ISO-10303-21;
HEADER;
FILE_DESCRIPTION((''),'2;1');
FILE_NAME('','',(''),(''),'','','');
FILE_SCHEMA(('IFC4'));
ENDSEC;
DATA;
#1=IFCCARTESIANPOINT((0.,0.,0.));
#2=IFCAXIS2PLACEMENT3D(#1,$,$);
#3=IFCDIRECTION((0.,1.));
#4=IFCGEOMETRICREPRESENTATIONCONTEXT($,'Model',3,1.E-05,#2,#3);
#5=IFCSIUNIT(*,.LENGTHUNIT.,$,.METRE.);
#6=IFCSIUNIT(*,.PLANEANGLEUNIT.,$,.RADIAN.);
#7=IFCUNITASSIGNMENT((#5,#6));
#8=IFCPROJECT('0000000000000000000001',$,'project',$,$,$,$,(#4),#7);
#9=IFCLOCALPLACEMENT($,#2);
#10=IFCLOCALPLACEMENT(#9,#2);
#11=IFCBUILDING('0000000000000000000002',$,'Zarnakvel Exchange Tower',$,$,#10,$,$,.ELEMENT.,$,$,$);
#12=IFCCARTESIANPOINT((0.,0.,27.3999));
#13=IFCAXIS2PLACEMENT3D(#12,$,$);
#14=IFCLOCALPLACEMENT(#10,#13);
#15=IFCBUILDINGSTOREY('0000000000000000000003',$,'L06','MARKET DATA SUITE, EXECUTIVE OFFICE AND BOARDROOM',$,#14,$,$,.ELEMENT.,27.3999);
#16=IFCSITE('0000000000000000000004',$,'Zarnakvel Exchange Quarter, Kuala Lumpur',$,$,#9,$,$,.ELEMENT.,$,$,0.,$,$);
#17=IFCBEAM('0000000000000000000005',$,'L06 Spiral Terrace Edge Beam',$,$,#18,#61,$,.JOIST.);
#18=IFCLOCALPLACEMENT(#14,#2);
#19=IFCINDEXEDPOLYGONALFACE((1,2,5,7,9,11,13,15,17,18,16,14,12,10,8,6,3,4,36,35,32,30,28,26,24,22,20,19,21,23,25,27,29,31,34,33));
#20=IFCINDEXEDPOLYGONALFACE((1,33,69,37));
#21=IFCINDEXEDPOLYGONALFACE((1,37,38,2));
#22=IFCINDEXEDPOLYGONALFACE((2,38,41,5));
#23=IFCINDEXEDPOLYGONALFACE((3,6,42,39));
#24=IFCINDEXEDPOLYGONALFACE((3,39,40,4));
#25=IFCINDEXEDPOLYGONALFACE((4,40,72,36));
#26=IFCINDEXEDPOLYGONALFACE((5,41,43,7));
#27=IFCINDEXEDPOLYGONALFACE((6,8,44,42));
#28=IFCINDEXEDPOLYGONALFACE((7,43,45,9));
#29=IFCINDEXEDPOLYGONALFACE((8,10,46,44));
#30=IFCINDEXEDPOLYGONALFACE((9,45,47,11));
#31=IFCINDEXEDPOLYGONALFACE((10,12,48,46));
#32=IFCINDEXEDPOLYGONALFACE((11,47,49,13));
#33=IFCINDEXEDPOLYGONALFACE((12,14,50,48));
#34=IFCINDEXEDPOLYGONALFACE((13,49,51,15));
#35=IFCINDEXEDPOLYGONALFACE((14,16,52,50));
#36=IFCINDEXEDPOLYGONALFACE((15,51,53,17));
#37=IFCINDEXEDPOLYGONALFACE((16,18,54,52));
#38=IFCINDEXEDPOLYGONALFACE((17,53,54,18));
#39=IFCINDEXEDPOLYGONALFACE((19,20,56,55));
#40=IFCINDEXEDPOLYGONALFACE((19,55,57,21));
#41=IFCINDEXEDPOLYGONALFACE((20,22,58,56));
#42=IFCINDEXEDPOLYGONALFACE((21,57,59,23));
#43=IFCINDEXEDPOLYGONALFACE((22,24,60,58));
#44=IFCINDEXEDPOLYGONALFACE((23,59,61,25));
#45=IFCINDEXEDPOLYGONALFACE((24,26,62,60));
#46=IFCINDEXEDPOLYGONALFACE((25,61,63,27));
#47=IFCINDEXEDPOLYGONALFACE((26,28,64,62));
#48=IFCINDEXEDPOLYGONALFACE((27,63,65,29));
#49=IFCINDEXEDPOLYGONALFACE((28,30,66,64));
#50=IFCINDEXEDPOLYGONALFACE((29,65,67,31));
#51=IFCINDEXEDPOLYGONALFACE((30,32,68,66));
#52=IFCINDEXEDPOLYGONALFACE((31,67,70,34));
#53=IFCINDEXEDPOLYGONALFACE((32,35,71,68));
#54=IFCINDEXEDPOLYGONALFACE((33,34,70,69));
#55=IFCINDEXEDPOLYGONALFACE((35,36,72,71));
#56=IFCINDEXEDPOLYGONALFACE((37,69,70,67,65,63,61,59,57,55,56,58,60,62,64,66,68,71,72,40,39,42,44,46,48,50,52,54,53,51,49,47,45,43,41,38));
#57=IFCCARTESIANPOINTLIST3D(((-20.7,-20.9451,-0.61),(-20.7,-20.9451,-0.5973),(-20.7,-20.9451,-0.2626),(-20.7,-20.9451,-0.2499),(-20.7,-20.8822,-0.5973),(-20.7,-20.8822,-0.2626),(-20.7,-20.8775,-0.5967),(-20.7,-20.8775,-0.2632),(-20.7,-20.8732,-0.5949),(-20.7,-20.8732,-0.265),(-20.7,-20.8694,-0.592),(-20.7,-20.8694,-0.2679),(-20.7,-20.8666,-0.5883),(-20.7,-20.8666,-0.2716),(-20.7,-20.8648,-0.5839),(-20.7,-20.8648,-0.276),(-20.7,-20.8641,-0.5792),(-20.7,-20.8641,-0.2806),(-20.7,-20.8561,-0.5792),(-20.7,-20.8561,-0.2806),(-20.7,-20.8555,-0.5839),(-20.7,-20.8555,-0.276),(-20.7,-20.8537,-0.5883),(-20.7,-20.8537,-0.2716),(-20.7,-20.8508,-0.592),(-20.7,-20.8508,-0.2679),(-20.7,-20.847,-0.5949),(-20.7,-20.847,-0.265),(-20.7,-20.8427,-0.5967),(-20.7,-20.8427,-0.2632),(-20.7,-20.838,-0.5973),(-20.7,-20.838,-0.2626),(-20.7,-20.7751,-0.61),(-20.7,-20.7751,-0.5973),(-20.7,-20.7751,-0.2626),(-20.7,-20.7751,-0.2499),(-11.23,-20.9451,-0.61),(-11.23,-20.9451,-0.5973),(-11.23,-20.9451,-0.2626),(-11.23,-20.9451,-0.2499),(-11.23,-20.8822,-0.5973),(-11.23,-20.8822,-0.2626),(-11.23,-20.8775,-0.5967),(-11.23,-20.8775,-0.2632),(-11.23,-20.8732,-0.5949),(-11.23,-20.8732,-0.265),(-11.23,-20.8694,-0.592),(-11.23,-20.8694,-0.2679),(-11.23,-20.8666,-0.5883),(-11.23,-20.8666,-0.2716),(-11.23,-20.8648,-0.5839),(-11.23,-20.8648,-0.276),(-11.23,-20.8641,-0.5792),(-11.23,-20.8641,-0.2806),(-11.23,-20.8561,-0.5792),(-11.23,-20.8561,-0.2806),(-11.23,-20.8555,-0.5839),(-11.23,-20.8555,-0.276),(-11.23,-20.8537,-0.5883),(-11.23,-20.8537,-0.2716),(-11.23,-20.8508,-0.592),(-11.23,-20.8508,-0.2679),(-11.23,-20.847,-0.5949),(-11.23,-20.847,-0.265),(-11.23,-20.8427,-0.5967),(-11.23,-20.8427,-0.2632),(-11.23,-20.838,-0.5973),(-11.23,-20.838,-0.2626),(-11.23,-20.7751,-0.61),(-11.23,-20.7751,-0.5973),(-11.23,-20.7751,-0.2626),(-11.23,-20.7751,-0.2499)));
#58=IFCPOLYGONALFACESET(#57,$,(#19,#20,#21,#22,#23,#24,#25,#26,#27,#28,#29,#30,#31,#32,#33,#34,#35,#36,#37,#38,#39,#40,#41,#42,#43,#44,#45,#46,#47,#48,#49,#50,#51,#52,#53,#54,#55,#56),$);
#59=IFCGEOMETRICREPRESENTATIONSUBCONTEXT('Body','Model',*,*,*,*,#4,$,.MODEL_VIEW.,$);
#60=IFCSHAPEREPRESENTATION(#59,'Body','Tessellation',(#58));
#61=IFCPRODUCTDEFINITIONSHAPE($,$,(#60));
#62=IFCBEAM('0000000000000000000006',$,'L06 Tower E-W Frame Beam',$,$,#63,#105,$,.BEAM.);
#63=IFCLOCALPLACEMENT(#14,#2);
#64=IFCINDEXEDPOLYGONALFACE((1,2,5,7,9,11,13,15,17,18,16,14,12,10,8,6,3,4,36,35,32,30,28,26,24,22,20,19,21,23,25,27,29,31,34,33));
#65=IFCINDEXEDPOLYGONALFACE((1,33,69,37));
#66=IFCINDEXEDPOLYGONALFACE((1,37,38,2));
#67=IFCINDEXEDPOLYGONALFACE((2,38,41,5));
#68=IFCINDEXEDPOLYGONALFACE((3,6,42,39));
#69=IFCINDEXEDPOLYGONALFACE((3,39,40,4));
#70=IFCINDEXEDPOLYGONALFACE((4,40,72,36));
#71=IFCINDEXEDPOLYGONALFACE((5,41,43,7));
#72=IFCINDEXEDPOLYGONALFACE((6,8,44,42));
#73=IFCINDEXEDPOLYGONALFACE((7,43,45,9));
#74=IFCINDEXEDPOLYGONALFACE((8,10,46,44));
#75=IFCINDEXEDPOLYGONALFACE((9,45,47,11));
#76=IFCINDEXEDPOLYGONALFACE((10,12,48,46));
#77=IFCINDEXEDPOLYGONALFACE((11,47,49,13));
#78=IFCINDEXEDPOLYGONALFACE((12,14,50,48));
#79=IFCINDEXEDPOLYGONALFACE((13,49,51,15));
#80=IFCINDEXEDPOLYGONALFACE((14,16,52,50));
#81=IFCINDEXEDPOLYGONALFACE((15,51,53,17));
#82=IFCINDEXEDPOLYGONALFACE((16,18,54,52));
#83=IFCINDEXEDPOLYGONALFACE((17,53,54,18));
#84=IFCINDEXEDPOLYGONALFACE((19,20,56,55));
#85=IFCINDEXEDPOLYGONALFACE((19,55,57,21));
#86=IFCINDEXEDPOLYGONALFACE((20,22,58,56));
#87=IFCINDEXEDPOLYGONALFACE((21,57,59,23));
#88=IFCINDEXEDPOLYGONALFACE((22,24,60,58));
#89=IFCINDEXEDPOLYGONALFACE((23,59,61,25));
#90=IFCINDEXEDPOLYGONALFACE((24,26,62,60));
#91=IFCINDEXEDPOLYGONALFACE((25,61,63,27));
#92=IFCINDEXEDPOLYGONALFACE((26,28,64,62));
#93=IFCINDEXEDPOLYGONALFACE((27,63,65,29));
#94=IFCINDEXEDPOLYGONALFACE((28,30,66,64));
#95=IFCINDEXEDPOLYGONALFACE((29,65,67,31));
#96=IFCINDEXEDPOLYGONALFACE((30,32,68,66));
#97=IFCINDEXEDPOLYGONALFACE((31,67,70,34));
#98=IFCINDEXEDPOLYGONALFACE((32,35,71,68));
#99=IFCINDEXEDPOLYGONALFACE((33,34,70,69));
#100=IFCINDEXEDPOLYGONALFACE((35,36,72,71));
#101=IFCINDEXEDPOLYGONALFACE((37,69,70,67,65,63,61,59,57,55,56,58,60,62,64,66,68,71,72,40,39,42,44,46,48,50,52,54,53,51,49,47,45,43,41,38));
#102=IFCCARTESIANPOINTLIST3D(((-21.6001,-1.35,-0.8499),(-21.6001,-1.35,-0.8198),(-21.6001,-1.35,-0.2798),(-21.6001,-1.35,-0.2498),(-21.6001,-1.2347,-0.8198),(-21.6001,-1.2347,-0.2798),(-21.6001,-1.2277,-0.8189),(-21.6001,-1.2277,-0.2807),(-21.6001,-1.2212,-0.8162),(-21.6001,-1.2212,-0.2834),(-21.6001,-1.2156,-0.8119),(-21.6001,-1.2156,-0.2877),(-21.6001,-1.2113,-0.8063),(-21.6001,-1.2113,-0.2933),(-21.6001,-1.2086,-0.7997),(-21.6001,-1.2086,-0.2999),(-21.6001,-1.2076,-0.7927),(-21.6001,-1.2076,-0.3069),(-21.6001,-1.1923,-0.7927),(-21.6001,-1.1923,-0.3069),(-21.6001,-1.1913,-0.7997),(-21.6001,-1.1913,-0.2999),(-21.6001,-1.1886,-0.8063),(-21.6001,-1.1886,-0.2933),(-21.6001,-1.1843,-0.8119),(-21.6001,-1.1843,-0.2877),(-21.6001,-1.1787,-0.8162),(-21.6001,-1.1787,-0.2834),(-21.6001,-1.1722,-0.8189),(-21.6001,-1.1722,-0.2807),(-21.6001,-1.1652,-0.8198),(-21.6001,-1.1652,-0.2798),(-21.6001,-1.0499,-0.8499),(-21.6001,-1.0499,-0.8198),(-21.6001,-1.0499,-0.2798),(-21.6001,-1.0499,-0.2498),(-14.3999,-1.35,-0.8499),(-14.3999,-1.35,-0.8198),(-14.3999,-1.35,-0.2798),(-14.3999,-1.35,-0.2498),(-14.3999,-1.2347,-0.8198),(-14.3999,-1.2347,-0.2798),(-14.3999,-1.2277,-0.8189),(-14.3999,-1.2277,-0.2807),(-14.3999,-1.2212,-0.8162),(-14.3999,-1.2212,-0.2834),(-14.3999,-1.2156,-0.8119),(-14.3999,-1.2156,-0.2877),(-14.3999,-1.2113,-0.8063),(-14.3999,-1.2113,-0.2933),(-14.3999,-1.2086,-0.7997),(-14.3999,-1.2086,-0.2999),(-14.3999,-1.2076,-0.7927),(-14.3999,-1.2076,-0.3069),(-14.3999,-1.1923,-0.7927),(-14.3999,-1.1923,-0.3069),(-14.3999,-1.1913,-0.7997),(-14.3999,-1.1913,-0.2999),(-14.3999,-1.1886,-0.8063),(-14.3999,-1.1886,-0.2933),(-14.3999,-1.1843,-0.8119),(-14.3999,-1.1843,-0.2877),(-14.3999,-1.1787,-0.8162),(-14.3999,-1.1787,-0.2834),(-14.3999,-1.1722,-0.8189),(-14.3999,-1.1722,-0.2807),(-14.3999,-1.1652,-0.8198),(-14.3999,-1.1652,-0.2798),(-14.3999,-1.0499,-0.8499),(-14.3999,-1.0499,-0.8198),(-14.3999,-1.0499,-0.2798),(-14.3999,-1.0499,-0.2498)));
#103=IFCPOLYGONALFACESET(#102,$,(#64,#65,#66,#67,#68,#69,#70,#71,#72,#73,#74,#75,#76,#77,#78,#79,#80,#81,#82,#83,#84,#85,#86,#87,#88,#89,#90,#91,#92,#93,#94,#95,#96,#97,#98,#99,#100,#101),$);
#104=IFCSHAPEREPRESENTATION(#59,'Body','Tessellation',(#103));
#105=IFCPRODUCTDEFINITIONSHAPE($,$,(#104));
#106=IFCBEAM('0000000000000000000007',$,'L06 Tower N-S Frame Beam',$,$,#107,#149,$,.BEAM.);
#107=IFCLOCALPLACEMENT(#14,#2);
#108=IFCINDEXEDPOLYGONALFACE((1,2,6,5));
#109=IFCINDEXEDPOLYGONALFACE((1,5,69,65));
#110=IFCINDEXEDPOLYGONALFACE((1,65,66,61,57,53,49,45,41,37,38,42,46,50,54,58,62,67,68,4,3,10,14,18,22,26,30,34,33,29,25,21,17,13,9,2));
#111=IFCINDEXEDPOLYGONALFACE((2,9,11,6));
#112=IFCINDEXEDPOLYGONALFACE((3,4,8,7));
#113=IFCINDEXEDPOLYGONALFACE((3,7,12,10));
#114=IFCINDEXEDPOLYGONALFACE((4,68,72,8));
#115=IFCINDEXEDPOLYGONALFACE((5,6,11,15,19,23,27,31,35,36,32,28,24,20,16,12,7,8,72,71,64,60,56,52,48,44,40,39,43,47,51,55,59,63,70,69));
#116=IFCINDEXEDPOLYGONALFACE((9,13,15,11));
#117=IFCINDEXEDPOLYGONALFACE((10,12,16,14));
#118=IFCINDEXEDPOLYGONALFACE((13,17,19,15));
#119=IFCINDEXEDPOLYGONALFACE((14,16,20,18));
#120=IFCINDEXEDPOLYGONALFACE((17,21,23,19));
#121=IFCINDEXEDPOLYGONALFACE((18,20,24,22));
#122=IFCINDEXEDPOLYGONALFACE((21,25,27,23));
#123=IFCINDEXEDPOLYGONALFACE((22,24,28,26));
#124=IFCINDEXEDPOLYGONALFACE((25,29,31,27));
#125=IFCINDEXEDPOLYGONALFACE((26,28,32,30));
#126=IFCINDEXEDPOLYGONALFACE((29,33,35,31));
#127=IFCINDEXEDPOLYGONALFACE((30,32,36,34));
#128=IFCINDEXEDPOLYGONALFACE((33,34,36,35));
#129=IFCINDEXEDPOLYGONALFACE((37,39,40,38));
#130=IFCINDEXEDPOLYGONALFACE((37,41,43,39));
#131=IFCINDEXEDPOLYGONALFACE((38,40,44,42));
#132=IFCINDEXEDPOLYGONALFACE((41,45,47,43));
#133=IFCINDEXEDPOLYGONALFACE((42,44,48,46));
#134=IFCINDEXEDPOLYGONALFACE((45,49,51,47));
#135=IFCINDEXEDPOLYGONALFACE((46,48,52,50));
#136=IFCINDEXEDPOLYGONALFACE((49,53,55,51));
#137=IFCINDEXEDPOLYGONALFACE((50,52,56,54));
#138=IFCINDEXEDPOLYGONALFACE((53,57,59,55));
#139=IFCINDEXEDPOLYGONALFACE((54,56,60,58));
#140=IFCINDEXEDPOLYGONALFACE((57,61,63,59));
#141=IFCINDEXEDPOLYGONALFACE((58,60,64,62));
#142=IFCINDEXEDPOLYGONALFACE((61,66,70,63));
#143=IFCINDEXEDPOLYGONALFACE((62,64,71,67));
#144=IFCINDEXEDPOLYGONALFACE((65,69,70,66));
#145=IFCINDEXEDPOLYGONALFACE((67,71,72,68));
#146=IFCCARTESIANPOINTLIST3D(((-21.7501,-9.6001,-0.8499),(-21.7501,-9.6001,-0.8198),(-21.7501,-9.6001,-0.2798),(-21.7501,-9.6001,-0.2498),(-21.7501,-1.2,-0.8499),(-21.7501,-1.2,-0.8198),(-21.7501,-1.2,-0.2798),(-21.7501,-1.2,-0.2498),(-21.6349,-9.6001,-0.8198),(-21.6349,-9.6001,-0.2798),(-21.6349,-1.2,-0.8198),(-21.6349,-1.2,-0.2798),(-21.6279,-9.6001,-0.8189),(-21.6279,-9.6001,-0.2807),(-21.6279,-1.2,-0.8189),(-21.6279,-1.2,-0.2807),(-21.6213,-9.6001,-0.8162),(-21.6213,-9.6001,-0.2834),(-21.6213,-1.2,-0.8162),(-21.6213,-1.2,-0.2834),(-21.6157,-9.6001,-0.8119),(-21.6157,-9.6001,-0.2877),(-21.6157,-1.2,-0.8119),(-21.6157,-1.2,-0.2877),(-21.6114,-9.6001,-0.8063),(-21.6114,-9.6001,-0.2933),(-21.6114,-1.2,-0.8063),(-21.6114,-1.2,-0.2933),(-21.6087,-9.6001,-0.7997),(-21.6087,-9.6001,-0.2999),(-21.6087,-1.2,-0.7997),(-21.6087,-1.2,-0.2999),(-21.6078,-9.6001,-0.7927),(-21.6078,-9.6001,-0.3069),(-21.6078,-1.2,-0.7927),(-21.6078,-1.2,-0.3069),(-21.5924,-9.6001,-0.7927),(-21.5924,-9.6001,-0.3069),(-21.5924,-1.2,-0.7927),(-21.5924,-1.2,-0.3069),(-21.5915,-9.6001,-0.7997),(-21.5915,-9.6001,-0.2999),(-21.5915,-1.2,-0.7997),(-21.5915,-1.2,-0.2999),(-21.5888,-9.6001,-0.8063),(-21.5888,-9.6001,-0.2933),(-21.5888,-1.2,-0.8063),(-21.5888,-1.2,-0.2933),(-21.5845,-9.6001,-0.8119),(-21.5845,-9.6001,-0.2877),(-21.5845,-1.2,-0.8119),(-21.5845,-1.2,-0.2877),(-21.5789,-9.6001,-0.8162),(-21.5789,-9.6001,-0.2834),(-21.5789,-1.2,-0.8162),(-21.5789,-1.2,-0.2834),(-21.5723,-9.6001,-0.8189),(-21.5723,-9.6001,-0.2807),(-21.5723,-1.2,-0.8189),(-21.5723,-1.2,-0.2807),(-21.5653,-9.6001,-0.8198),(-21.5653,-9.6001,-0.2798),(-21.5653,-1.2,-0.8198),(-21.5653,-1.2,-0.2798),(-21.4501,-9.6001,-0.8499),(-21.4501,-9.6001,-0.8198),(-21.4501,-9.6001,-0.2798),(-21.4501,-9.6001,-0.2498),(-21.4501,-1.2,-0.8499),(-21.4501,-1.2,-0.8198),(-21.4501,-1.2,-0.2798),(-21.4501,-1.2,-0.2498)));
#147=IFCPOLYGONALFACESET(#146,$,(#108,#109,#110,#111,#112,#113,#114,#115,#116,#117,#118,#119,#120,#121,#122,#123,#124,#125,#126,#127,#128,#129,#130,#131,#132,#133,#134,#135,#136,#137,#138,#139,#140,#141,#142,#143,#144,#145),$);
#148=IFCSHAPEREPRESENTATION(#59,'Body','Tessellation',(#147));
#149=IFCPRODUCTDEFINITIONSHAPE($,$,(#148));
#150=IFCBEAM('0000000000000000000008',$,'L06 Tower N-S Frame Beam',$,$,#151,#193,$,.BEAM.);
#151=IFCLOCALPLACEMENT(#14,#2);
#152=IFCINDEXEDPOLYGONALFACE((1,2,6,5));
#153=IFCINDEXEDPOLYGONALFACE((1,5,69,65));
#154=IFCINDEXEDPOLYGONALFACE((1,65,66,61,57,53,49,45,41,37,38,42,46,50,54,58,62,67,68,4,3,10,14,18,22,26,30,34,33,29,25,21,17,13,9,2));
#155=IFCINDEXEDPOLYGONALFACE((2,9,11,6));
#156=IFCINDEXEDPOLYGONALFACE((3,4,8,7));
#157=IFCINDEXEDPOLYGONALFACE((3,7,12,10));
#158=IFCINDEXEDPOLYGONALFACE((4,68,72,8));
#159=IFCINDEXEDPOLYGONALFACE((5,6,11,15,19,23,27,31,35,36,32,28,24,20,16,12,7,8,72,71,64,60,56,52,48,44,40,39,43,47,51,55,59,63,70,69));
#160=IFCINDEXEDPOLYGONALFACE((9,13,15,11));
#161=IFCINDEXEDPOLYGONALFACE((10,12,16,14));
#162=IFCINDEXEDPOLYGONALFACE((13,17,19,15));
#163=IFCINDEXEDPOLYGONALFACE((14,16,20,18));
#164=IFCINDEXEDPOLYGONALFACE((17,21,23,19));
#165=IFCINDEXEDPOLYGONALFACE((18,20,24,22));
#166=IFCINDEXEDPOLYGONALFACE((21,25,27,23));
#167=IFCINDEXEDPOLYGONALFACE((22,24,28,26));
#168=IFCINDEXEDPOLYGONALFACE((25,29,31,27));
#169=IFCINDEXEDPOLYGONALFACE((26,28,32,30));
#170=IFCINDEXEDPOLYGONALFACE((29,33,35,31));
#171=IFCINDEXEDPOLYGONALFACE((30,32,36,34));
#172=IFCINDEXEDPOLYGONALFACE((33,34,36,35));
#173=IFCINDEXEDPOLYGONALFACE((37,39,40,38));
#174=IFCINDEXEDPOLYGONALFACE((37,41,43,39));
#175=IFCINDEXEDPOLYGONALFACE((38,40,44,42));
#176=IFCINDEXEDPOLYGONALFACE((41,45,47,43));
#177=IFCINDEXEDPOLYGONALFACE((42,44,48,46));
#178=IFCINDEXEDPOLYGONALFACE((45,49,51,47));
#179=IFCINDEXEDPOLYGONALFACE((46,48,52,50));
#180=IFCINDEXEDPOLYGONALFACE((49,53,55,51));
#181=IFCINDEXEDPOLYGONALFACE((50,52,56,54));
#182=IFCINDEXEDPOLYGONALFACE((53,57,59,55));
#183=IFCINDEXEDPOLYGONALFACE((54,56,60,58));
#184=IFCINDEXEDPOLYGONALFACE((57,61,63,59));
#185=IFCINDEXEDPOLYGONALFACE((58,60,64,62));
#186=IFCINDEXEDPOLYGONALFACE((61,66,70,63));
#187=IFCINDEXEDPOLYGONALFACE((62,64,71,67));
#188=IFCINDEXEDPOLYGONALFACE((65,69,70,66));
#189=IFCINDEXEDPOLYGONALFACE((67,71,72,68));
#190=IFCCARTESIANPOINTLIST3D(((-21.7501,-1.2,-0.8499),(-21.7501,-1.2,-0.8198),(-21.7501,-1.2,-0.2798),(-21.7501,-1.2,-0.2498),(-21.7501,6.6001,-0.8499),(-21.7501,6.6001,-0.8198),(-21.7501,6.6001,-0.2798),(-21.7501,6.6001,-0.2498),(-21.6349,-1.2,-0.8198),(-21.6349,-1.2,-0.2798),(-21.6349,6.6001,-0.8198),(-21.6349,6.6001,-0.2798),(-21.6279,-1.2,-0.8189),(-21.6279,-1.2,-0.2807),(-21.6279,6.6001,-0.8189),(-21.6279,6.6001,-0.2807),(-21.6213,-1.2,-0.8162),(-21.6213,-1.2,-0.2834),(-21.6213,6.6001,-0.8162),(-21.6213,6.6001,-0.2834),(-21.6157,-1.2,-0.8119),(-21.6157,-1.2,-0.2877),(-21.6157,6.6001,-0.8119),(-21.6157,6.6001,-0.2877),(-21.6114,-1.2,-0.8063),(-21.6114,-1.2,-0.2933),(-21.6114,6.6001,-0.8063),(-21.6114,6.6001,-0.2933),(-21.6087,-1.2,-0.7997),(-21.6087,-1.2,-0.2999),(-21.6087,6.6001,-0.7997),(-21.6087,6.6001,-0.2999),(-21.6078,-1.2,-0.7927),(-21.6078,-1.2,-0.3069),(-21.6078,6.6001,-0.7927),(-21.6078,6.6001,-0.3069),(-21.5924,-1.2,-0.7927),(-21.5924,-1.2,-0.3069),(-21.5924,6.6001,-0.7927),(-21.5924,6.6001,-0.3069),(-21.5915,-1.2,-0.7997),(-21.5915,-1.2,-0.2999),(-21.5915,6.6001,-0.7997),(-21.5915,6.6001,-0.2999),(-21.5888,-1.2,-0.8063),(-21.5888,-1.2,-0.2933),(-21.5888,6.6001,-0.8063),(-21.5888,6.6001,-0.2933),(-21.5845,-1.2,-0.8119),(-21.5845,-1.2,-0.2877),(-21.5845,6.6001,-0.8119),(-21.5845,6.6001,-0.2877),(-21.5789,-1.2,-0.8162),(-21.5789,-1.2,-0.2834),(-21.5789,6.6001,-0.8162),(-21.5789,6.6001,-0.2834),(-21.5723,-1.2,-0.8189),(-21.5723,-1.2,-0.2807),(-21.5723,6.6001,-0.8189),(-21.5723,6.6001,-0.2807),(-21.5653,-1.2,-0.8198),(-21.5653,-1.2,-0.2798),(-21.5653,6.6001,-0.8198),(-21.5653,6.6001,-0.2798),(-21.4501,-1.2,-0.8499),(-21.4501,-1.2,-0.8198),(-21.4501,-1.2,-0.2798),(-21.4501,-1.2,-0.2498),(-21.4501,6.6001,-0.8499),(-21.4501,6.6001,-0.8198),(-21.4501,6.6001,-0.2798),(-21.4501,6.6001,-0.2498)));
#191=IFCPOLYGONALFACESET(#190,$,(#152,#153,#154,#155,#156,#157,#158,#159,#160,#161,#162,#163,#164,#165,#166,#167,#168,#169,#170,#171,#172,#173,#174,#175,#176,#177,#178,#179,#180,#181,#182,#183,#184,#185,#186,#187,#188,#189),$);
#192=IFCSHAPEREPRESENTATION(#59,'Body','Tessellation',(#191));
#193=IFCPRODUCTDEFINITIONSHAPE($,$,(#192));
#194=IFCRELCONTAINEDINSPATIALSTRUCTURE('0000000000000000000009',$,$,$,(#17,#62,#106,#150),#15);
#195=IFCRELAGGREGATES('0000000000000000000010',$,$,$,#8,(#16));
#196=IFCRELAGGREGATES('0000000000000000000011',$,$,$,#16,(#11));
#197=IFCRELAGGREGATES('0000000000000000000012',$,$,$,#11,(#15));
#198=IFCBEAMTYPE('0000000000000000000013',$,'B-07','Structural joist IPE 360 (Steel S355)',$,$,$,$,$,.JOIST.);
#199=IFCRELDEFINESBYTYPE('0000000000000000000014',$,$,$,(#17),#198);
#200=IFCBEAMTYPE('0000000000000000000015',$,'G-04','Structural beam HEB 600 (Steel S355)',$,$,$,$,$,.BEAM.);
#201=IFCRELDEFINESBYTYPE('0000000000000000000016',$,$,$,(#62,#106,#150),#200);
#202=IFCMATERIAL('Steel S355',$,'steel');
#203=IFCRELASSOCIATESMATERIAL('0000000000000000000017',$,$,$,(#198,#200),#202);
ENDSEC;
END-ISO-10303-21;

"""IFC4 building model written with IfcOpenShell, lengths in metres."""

from ifc_helpers import new_model, si_unit, direction, frame, origin, origin_2d, place, context, subcontext, project, spatial, i_section, extrude, material, material_profile, profile_set, type_object, element, save


model = new_model("IFC4")

# Units and contexts
model_context = context("Model", 3, precision=1e-05, world=origin(), true_north=direction((0.0, 1.0)))
body_context = subcontext(model_context, "Body", "Model", "MODEL_VIEW")
ifc_project = project(units=[si_unit("LENGTHUNIT", "METRE"), si_unit("PLANEANGLEUNIT", "RADIAN")], contexts=[model_context])

# Site, building, storey
site_placement = place(None, origin())
site = spatial("IfcSite", under=ifc_project, at=site_placement, Name="Zarnakvel Exchange Quarter, Kuala Lumpur", CompositionType="ELEMENT", RefElevation=0.0)
building_placement = place(site_placement, origin())
building = spatial("IfcBuilding", under=site, at=building_placement, Name="Zarnakvel Exchange Tower", CompositionType="ELEMENT")
storey_placement = place(building_placement, frame((0.0, 0.0, 27.3999)))
storey = spatial("IfcBuildingStorey", under=building, at=storey_placement, Name="L06", Description="MARKET DATA SUITE, EXECUTIVE OFFICE AND BOARDROOM", CompositionType="ELEMENT", Elevation=27.3999)

# Beams
ifc_material_1 = material(Name="Steel S355", Category="steel")
ifc_material_profile_1 = material_profile(ifc_material_1, i_section(OverallWidth=0.1699, OverallDepth=0.3601, WebThickness=0.0081, FlangeThickness=0.0127, FilletRadius=0.0181, at=origin_2d()))
ifc_profile_set_1 = profile_set([ifc_material_profile_1], Name="Steel S355")
beam_type_1 = type_object("IfcBeamType", Name="B-07", Description="Structural joist IPE 360 (Steel S355)", PredefinedType="JOIST", material=ifc_profile_set_1)
beam_1_placement = place(storey_placement, frame((-20.7, -20.8601, -0.4299), z_axis=(1.0, 0.0, 0.0), x_axis=(0.0, 1.0, 0.0)))
element("IfcBeam", 1, at=beam_1_placement, inside=storey, type_object=beam_type_1, Name="L06 Spiral Terrace Edge Beam", PredefinedType="JOIST", context=body_context, shape_type="SweptSolid", body=[
    extrude(i_section(OverallWidth=0.1699, OverallDepth=0.3601, WebThickness=0.0081, FlangeThickness=0.0127, FilletRadius=0.0181, at=origin_2d()), origin(), (0.0, 0.0, 1.0), 9.47),
])
ifc_material_profile_2 = material_profile(ifc_material_1, i_section(OverallWidth=0.3, OverallDepth=0.6001, WebThickness=0.0154, FlangeThickness=0.03, FilletRadius=0.0271, at=origin_2d()))
ifc_profile_set_2 = profile_set([ifc_material_profile_2], Name="Steel S355")
beam_type_2 = type_object("IfcBeamType", Name="G-04", Description="Structural beam HEB 600 (Steel S355)", PredefinedType="BEAM", material=ifc_profile_set_2)
beam_2_placement = place(storey_placement, frame((-21.6001, -1.2, -0.5498), z_axis=(1.0, 0.0, 0.0), x_axis=(0.0, 1.0, 0.0)))
element("IfcBeam", 2, at=beam_2_placement, inside=storey, type_object=beam_type_2, Name="L06 Tower E-W Frame Beam", PredefinedType="BEAM", context=body_context, shape_type="SweptSolid", body=[
    extrude(i_section(OverallWidth=0.3, OverallDepth=0.6001, WebThickness=0.0154, FlangeThickness=0.03, FilletRadius=0.0271, at=origin_2d()), origin(), (0.0, 0.0, 1.0), 7.2002),
])
beam_3_placement = place(storey_placement, frame((-21.6001, -9.6001, -0.5498), z_axis=(0.0, 1.0, 0.0), x_axis=(-1.0, 0.0, 0.0)))
element("IfcBeam", 3, at=beam_3_placement, inside=storey, type_object=beam_type_2, Name="L06 Tower N-S Frame Beam", PredefinedType="BEAM", context=body_context, shape_type="SweptSolid", body=[
    extrude(i_section(OverallWidth=0.3, OverallDepth=0.6001, WebThickness=0.0154, FlangeThickness=0.03, FilletRadius=0.0271, at=origin_2d()), origin(), (0.0, 0.0, 1.0), 8.4001),
])
beam_4_placement = place(storey_placement, frame((-21.6001, -1.2, -0.5498), z_axis=(0.0, 1.0, 0.0), x_axis=(-1.0, 0.0, 0.0)))
element("IfcBeam", 4, at=beam_4_placement, inside=storey, type_object=beam_type_2, Name="L06 Tower N-S Frame Beam", PredefinedType="BEAM", context=body_context, shape_type="SweptSolid", body=[
    extrude(i_section(OverallWidth=0.3, OverallDepth=0.6001, WebThickness=0.0154, FlangeThickness=0.03, FilletRadius=0.0271, at=origin_2d()), origin(), (0.0, 0.0, 1.0), 7.8),
])

save(model, "model.ifc")
